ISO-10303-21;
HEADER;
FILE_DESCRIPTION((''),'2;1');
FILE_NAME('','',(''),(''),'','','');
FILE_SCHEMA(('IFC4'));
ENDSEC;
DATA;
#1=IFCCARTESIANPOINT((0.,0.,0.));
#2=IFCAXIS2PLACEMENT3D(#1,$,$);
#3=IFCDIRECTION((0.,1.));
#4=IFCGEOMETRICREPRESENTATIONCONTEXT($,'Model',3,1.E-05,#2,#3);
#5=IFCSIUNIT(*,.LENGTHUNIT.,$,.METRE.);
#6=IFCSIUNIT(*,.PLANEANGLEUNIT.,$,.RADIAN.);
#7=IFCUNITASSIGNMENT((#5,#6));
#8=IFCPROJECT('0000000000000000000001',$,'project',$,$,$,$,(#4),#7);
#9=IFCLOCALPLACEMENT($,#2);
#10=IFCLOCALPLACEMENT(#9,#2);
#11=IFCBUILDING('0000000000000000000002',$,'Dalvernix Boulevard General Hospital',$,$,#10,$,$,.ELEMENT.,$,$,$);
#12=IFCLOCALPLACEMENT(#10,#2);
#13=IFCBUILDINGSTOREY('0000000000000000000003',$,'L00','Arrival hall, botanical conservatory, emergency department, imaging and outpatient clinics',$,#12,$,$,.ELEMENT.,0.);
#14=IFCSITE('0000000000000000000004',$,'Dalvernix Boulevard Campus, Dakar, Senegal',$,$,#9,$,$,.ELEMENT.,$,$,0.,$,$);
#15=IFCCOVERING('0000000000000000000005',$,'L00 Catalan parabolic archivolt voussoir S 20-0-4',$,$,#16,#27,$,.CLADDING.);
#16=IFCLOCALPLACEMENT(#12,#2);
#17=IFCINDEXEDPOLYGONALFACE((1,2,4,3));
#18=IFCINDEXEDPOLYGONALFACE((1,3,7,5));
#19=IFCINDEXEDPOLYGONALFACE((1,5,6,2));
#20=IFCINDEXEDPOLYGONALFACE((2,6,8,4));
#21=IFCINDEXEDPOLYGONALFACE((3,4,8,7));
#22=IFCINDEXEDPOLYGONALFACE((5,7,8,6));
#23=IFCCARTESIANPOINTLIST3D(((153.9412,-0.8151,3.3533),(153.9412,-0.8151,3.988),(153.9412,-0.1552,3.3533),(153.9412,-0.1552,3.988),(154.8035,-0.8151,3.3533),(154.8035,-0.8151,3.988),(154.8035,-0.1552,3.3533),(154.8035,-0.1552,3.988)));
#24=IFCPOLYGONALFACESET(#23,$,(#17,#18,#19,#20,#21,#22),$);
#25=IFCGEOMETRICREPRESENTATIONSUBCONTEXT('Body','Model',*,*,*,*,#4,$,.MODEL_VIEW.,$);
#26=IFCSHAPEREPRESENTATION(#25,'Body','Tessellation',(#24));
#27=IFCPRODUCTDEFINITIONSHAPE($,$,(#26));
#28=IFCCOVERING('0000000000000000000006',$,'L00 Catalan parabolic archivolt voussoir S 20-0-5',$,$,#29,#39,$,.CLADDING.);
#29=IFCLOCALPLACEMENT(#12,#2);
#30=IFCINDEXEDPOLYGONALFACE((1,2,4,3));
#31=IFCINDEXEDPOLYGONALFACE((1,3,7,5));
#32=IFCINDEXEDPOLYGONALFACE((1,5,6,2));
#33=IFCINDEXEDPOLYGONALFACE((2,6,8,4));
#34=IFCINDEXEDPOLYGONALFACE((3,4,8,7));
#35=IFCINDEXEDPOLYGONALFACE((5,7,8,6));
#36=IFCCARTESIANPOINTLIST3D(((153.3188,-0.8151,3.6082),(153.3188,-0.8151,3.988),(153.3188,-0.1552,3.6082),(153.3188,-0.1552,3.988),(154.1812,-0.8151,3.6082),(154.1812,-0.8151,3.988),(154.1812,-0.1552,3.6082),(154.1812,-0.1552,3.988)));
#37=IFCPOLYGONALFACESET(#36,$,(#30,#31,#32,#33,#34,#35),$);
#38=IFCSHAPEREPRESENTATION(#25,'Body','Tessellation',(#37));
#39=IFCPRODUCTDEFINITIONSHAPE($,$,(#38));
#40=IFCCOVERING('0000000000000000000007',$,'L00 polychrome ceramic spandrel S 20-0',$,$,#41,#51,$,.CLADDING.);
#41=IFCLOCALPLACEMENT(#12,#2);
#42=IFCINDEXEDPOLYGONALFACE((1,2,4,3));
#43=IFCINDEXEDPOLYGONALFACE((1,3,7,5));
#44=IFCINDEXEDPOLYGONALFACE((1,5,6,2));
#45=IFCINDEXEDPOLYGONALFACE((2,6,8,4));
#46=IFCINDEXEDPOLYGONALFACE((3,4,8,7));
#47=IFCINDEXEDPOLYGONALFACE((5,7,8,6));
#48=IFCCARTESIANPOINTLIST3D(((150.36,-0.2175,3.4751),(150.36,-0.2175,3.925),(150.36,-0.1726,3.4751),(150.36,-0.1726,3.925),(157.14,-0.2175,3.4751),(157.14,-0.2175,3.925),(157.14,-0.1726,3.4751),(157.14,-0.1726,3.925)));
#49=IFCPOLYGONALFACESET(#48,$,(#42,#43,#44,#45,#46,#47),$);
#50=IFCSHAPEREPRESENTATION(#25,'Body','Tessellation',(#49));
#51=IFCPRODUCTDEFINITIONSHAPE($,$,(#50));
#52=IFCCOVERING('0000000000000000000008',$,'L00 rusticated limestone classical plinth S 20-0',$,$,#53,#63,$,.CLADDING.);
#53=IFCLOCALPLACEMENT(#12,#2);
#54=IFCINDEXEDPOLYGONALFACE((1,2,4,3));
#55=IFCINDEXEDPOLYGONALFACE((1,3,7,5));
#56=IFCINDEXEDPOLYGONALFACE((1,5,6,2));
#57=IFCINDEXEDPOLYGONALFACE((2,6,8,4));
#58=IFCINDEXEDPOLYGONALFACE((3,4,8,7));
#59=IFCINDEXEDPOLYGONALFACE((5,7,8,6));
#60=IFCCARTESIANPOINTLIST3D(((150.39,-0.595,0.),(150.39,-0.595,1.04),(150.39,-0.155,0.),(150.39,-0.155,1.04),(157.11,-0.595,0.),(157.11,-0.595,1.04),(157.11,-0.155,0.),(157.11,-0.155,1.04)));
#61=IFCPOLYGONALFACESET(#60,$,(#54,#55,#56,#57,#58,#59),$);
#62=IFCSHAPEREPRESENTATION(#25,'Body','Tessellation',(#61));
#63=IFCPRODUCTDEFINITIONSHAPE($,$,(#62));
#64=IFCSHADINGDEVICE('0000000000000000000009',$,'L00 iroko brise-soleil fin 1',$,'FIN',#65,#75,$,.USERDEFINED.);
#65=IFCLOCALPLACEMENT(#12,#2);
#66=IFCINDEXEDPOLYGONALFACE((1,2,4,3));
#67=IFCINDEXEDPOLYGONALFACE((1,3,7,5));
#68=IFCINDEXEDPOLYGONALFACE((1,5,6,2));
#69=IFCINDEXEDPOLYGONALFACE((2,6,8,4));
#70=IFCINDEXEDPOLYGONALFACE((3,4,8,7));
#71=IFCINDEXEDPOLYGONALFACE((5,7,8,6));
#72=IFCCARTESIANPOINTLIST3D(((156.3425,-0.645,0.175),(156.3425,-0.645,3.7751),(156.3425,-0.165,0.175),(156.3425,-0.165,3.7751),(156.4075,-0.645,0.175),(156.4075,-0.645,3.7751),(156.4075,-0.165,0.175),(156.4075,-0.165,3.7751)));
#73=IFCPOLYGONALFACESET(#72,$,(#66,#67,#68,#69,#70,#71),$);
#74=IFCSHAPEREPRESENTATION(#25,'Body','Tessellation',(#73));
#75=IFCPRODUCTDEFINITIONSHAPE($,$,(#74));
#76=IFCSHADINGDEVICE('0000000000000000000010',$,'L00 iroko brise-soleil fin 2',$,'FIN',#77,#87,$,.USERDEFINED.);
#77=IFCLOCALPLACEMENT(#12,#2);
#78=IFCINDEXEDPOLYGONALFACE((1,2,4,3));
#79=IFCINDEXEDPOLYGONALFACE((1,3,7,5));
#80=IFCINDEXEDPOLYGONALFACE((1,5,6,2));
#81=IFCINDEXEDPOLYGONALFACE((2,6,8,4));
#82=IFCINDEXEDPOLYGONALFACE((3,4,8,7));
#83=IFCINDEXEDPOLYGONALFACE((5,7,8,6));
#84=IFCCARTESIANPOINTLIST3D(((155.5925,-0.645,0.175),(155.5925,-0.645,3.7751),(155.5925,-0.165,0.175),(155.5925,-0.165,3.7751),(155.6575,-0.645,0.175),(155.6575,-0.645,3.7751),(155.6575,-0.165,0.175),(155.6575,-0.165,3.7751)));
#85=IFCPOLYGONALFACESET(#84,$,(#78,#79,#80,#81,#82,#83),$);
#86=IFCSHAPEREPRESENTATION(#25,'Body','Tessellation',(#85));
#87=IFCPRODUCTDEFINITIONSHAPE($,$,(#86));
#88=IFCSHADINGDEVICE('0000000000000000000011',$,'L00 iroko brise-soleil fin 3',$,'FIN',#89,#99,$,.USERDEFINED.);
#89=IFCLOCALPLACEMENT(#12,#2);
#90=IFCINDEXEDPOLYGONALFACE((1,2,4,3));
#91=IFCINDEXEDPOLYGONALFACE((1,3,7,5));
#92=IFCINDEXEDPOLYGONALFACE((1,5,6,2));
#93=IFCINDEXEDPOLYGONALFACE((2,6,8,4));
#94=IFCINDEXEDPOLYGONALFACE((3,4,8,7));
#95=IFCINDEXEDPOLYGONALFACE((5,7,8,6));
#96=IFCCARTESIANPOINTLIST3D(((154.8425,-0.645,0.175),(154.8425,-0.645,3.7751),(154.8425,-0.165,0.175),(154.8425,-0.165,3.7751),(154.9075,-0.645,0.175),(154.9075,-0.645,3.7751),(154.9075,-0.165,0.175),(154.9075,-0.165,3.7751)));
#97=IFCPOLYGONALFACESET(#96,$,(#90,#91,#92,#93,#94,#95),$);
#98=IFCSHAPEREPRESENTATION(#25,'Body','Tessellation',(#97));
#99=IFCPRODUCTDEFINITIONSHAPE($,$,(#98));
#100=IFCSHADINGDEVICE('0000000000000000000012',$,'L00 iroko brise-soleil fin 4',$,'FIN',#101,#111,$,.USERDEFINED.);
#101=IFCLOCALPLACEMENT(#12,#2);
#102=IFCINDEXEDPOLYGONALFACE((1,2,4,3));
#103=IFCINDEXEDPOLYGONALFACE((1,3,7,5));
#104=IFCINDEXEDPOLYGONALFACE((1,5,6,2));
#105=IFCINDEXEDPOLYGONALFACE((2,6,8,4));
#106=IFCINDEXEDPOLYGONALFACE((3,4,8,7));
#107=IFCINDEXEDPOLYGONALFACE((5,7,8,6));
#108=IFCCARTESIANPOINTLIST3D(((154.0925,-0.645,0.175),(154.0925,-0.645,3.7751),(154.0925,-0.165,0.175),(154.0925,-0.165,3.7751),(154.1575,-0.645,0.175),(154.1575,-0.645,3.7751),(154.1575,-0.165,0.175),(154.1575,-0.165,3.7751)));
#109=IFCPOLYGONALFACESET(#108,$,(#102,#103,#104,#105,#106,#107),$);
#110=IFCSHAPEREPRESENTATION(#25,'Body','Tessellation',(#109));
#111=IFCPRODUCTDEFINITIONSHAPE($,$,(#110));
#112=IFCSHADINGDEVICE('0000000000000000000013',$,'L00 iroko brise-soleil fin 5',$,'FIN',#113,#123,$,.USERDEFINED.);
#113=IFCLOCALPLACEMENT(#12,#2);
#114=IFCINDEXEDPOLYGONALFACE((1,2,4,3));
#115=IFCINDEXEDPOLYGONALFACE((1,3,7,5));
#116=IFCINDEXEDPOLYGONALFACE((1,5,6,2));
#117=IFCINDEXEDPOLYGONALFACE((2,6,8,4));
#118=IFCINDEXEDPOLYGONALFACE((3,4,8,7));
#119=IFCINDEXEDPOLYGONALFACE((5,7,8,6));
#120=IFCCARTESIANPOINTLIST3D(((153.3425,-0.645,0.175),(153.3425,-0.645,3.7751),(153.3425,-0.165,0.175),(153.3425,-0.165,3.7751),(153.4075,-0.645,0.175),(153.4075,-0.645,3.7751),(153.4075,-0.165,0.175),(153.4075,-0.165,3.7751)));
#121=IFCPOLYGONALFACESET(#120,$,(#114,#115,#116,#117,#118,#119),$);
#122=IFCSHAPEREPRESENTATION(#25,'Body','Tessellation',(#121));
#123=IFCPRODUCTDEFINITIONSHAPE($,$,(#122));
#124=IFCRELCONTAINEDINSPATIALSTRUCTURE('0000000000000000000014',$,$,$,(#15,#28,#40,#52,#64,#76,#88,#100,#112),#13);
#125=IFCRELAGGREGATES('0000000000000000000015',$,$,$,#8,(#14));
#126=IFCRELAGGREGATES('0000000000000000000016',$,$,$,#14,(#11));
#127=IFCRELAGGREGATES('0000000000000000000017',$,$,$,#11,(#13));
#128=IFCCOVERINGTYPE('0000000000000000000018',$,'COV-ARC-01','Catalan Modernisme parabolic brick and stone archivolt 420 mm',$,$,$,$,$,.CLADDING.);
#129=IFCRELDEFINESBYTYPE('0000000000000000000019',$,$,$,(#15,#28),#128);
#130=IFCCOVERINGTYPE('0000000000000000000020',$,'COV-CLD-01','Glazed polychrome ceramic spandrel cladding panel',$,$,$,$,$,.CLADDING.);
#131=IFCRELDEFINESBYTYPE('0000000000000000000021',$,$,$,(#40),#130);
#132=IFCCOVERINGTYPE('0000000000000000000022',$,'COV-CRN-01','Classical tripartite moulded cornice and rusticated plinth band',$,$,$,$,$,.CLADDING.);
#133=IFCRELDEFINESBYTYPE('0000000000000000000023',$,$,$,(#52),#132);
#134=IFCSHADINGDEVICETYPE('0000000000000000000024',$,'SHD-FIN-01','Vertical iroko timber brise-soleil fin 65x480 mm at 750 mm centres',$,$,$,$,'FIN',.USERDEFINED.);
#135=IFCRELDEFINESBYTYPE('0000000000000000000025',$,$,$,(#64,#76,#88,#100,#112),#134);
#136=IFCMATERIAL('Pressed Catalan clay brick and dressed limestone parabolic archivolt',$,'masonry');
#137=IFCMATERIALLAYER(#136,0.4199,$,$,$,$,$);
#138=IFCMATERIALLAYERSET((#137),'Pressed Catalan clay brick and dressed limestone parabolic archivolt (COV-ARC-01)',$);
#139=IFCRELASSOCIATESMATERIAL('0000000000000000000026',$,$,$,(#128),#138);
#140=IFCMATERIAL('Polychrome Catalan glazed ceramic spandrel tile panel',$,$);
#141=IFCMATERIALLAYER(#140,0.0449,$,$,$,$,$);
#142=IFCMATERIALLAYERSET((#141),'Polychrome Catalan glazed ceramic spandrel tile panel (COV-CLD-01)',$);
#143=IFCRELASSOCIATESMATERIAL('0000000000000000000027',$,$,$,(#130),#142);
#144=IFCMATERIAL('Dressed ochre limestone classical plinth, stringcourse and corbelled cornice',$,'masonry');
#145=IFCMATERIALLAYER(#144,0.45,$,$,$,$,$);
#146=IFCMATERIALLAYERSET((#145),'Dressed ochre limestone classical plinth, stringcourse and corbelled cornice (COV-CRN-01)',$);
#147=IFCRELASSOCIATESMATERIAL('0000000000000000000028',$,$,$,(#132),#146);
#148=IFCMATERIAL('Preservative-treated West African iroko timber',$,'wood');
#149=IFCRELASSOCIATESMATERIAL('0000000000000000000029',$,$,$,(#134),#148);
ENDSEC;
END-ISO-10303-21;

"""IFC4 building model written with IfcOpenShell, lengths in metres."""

from ifc_helpers import new_model, si_unit, direction, frame, origin, origin_2d, place, context, subcontext, project, spatial, rectangle, extrude, material, layer, layer_set, type_object, element, save


model = new_model("IFC4")

# Units and contexts
model_context = context("Model", 3, precision=1e-05, world=origin(), true_north=direction((0.0, 1.0)))
body_context = subcontext(model_context, "Body", "Model", "MODEL_VIEW")
ifc_project = project(units=[si_unit("LENGTHUNIT", "METRE"), si_unit("PLANEANGLEUNIT", "RADIAN")], contexts=[model_context])

# Site, building, storey
site_placement = place(None, origin())
site = spatial("IfcSite", under=ifc_project, at=site_placement, Name="Dalvernix Boulevard Campus, Dakar, Senegal", CompositionType="ELEMENT", RefElevation=0.0)
building_placement = place(site_placement, origin())
building = spatial("IfcBuilding", under=site, at=building_placement, Name="Dalvernix Boulevard General Hospital", CompositionType="ELEMENT")
storey_placement = place(building_placement, origin())
storey = spatial("IfcBuildingStorey", under=building, at=storey_placement, Name="L00", Description="Arrival hall, botanical conservatory, emergency department, imaging and outpatient clinics", CompositionType="ELEMENT", Elevation=0.0)

# Coverings
ifc_material_1 = material(Name="Pressed Catalan clay brick and dressed limestone parabolic archivolt", Category="masonry")
ifc_layer_1 = layer(ifc_material_1, 0.4199)
ifc_layer_set_1 = layer_set([ifc_layer_1], Name="Pressed Catalan clay brick and dressed limestone parabolic archivolt (COV-ARC-01)")
covering_type_1 = type_object("IfcCoveringType", Name="COV-ARC-01", Description="Catalan Modernisme parabolic brick and stone archivolt 420 mm", PredefinedType="CLADDING", material=ifc_layer_set_1)
covering_1_placement = place(storey_placement, frame((154.3723, -0.4851, 3.3533), z_axis=(0.0, 0.0, 1.0), x_axis=(-1.0, 0.0, 0.0)))
element("IfcCovering", 1, at=covering_1_placement, inside=storey, type_object=covering_type_1, Name="L00 Catalan parabolic archivolt voussoir S 20-0-4", PredefinedType="CLADDING", context=body_context, shape_type="SweptSolid", body=[
    extrude(rectangle(XDim=0.8623, YDim=0.6599, at=origin_2d()), origin(), (0.0, 0.0, 1.0), 0.6348),
])
covering_2_placement = place(storey_placement, frame((153.75, -0.4851, 3.6082), z_axis=(0.0, 0.0, 1.0), x_axis=(-1.0, 0.0, 0.0)))
element("IfcCovering", 2, at=covering_2_placement, inside=storey, type_object=covering_type_1, Name="L00 Catalan parabolic archivolt voussoir S 20-0-5", PredefinedType="CLADDING", context=body_context, shape_type="SweptSolid", body=[
    extrude(rectangle(XDim=0.8623, YDim=0.6599, at=origin_2d()), origin(), (0.0, 0.0, 1.0), 0.3799),
])
ifc_material_2 = material(Name="Polychrome Catalan glazed ceramic spandrel tile panel")
ifc_layer_2 = layer(ifc_material_2, 0.0449)
ifc_layer_set_2 = layer_set([ifc_layer_2], Name="Polychrome Catalan glazed ceramic spandrel tile panel (COV-CLD-01)")
covering_type_2 = type_object("IfcCoveringType", Name="COV-CLD-01", Description="Glazed polychrome ceramic spandrel cladding panel", PredefinedType="CLADDING", material=ifc_layer_set_2)
covering_3_placement = place(storey_placement, frame((153.75, -0.1951, 3.4751), z_axis=(0.0, 0.0, 1.0), x_axis=(-1.0, 0.0, 0.0)))
element("IfcCovering", 3, at=covering_3_placement, inside=storey, type_object=covering_type_2, Name="L00 polychrome ceramic spandrel S 20-0", PredefinedType="CLADDING", context=body_context, shape_type="SweptSolid", body=[
    extrude(rectangle(XDim=6.78, YDim=0.0449, at=origin_2d()), origin(), (0.0, 0.0, 1.0), 0.45),
])
ifc_material_3 = material(Name="Dressed ochre limestone classical plinth, stringcourse and corbelled cornice", Category="masonry")
ifc_layer_3 = layer(ifc_material_3, 0.45)
ifc_layer_set_3 = layer_set([ifc_layer_3], Name="Dressed ochre limestone classical plinth, stringcourse and corbelled cornice (COV-CRN-01)")
covering_type_3 = type_object("IfcCoveringType", Name="COV-CRN-01", Description="Classical tripartite moulded cornice and rusticated plinth band", PredefinedType="CLADDING", material=ifc_layer_set_3)
covering_4_placement = place(storey_placement, frame((153.75, -0.375, 0.0), z_axis=(0.0, 0.0, 1.0), x_axis=(-1.0, 0.0, 0.0)))
element("IfcCovering", 4, at=covering_4_placement, inside=storey, type_object=covering_type_3, Name="L00 rusticated limestone classical plinth S 20-0", PredefinedType="CLADDING", context=body_context, shape_type="SweptSolid", body=[
    extrude(rectangle(XDim=6.72, YDim=0.4399, at=origin_2d()), origin(), (0.0, 0.0, 1.0), 1.04),
])

# Shading devices
ifc_material_4 = material(Name="Preservative-treated West African iroko timber", Category="wood")
shading_device_type = type_object("IfcShadingDeviceType", Name="SHD-FIN-01", Description="Vertical iroko timber brise-soleil fin 65x480 mm at 750 mm centres", ElementType="FIN", PredefinedType="USERDEFINED", material=ifc_material_4)
for number, where, z_axis, x_axis, name in (
    (5, (156.375, -0.405, 0.175), (0.0, 0.0, 1.0), (-1.0, 0.0, 0.0), "L00 iroko brise-soleil fin 1"),
    (6, (155.625, -0.405, 0.175), (0.0, 0.0, 1.0), (-1.0, 0.0, 0.0), "L00 iroko brise-soleil fin 2"),
    (7, (154.875, -0.405, 0.175), (0.0, 0.0, 1.0), (-1.0, 0.0, 0.0), "L00 iroko brise-soleil fin 3"),
    (8, (154.125, -0.405, 0.175), (0.0, 0.0, 1.0), (-1.0, 0.0, 0.0), "L00 iroko brise-soleil fin 4"),
    (9, (153.375, -0.405, 0.175), (0.0, 0.0, 1.0), (-1.0, 0.0, 0.0), "L00 iroko brise-soleil fin 5"),
):
    element("IfcShadingDevice", number, at=place(storey_placement, frame(where, z_axis=z_axis, x_axis=x_axis)), inside=storey, type_object=shading_device_type, Name=name, ObjectType="FIN", PredefinedType="USERDEFINED", context=body_context, shape_type="SweptSolid", body=[
        extrude(rectangle(XDim=0.0649, YDim=0.48, at=origin_2d()), origin(), (0.0, 0.0, 1.0), 3.6001),
    ])

save(model, "model.ifc")
